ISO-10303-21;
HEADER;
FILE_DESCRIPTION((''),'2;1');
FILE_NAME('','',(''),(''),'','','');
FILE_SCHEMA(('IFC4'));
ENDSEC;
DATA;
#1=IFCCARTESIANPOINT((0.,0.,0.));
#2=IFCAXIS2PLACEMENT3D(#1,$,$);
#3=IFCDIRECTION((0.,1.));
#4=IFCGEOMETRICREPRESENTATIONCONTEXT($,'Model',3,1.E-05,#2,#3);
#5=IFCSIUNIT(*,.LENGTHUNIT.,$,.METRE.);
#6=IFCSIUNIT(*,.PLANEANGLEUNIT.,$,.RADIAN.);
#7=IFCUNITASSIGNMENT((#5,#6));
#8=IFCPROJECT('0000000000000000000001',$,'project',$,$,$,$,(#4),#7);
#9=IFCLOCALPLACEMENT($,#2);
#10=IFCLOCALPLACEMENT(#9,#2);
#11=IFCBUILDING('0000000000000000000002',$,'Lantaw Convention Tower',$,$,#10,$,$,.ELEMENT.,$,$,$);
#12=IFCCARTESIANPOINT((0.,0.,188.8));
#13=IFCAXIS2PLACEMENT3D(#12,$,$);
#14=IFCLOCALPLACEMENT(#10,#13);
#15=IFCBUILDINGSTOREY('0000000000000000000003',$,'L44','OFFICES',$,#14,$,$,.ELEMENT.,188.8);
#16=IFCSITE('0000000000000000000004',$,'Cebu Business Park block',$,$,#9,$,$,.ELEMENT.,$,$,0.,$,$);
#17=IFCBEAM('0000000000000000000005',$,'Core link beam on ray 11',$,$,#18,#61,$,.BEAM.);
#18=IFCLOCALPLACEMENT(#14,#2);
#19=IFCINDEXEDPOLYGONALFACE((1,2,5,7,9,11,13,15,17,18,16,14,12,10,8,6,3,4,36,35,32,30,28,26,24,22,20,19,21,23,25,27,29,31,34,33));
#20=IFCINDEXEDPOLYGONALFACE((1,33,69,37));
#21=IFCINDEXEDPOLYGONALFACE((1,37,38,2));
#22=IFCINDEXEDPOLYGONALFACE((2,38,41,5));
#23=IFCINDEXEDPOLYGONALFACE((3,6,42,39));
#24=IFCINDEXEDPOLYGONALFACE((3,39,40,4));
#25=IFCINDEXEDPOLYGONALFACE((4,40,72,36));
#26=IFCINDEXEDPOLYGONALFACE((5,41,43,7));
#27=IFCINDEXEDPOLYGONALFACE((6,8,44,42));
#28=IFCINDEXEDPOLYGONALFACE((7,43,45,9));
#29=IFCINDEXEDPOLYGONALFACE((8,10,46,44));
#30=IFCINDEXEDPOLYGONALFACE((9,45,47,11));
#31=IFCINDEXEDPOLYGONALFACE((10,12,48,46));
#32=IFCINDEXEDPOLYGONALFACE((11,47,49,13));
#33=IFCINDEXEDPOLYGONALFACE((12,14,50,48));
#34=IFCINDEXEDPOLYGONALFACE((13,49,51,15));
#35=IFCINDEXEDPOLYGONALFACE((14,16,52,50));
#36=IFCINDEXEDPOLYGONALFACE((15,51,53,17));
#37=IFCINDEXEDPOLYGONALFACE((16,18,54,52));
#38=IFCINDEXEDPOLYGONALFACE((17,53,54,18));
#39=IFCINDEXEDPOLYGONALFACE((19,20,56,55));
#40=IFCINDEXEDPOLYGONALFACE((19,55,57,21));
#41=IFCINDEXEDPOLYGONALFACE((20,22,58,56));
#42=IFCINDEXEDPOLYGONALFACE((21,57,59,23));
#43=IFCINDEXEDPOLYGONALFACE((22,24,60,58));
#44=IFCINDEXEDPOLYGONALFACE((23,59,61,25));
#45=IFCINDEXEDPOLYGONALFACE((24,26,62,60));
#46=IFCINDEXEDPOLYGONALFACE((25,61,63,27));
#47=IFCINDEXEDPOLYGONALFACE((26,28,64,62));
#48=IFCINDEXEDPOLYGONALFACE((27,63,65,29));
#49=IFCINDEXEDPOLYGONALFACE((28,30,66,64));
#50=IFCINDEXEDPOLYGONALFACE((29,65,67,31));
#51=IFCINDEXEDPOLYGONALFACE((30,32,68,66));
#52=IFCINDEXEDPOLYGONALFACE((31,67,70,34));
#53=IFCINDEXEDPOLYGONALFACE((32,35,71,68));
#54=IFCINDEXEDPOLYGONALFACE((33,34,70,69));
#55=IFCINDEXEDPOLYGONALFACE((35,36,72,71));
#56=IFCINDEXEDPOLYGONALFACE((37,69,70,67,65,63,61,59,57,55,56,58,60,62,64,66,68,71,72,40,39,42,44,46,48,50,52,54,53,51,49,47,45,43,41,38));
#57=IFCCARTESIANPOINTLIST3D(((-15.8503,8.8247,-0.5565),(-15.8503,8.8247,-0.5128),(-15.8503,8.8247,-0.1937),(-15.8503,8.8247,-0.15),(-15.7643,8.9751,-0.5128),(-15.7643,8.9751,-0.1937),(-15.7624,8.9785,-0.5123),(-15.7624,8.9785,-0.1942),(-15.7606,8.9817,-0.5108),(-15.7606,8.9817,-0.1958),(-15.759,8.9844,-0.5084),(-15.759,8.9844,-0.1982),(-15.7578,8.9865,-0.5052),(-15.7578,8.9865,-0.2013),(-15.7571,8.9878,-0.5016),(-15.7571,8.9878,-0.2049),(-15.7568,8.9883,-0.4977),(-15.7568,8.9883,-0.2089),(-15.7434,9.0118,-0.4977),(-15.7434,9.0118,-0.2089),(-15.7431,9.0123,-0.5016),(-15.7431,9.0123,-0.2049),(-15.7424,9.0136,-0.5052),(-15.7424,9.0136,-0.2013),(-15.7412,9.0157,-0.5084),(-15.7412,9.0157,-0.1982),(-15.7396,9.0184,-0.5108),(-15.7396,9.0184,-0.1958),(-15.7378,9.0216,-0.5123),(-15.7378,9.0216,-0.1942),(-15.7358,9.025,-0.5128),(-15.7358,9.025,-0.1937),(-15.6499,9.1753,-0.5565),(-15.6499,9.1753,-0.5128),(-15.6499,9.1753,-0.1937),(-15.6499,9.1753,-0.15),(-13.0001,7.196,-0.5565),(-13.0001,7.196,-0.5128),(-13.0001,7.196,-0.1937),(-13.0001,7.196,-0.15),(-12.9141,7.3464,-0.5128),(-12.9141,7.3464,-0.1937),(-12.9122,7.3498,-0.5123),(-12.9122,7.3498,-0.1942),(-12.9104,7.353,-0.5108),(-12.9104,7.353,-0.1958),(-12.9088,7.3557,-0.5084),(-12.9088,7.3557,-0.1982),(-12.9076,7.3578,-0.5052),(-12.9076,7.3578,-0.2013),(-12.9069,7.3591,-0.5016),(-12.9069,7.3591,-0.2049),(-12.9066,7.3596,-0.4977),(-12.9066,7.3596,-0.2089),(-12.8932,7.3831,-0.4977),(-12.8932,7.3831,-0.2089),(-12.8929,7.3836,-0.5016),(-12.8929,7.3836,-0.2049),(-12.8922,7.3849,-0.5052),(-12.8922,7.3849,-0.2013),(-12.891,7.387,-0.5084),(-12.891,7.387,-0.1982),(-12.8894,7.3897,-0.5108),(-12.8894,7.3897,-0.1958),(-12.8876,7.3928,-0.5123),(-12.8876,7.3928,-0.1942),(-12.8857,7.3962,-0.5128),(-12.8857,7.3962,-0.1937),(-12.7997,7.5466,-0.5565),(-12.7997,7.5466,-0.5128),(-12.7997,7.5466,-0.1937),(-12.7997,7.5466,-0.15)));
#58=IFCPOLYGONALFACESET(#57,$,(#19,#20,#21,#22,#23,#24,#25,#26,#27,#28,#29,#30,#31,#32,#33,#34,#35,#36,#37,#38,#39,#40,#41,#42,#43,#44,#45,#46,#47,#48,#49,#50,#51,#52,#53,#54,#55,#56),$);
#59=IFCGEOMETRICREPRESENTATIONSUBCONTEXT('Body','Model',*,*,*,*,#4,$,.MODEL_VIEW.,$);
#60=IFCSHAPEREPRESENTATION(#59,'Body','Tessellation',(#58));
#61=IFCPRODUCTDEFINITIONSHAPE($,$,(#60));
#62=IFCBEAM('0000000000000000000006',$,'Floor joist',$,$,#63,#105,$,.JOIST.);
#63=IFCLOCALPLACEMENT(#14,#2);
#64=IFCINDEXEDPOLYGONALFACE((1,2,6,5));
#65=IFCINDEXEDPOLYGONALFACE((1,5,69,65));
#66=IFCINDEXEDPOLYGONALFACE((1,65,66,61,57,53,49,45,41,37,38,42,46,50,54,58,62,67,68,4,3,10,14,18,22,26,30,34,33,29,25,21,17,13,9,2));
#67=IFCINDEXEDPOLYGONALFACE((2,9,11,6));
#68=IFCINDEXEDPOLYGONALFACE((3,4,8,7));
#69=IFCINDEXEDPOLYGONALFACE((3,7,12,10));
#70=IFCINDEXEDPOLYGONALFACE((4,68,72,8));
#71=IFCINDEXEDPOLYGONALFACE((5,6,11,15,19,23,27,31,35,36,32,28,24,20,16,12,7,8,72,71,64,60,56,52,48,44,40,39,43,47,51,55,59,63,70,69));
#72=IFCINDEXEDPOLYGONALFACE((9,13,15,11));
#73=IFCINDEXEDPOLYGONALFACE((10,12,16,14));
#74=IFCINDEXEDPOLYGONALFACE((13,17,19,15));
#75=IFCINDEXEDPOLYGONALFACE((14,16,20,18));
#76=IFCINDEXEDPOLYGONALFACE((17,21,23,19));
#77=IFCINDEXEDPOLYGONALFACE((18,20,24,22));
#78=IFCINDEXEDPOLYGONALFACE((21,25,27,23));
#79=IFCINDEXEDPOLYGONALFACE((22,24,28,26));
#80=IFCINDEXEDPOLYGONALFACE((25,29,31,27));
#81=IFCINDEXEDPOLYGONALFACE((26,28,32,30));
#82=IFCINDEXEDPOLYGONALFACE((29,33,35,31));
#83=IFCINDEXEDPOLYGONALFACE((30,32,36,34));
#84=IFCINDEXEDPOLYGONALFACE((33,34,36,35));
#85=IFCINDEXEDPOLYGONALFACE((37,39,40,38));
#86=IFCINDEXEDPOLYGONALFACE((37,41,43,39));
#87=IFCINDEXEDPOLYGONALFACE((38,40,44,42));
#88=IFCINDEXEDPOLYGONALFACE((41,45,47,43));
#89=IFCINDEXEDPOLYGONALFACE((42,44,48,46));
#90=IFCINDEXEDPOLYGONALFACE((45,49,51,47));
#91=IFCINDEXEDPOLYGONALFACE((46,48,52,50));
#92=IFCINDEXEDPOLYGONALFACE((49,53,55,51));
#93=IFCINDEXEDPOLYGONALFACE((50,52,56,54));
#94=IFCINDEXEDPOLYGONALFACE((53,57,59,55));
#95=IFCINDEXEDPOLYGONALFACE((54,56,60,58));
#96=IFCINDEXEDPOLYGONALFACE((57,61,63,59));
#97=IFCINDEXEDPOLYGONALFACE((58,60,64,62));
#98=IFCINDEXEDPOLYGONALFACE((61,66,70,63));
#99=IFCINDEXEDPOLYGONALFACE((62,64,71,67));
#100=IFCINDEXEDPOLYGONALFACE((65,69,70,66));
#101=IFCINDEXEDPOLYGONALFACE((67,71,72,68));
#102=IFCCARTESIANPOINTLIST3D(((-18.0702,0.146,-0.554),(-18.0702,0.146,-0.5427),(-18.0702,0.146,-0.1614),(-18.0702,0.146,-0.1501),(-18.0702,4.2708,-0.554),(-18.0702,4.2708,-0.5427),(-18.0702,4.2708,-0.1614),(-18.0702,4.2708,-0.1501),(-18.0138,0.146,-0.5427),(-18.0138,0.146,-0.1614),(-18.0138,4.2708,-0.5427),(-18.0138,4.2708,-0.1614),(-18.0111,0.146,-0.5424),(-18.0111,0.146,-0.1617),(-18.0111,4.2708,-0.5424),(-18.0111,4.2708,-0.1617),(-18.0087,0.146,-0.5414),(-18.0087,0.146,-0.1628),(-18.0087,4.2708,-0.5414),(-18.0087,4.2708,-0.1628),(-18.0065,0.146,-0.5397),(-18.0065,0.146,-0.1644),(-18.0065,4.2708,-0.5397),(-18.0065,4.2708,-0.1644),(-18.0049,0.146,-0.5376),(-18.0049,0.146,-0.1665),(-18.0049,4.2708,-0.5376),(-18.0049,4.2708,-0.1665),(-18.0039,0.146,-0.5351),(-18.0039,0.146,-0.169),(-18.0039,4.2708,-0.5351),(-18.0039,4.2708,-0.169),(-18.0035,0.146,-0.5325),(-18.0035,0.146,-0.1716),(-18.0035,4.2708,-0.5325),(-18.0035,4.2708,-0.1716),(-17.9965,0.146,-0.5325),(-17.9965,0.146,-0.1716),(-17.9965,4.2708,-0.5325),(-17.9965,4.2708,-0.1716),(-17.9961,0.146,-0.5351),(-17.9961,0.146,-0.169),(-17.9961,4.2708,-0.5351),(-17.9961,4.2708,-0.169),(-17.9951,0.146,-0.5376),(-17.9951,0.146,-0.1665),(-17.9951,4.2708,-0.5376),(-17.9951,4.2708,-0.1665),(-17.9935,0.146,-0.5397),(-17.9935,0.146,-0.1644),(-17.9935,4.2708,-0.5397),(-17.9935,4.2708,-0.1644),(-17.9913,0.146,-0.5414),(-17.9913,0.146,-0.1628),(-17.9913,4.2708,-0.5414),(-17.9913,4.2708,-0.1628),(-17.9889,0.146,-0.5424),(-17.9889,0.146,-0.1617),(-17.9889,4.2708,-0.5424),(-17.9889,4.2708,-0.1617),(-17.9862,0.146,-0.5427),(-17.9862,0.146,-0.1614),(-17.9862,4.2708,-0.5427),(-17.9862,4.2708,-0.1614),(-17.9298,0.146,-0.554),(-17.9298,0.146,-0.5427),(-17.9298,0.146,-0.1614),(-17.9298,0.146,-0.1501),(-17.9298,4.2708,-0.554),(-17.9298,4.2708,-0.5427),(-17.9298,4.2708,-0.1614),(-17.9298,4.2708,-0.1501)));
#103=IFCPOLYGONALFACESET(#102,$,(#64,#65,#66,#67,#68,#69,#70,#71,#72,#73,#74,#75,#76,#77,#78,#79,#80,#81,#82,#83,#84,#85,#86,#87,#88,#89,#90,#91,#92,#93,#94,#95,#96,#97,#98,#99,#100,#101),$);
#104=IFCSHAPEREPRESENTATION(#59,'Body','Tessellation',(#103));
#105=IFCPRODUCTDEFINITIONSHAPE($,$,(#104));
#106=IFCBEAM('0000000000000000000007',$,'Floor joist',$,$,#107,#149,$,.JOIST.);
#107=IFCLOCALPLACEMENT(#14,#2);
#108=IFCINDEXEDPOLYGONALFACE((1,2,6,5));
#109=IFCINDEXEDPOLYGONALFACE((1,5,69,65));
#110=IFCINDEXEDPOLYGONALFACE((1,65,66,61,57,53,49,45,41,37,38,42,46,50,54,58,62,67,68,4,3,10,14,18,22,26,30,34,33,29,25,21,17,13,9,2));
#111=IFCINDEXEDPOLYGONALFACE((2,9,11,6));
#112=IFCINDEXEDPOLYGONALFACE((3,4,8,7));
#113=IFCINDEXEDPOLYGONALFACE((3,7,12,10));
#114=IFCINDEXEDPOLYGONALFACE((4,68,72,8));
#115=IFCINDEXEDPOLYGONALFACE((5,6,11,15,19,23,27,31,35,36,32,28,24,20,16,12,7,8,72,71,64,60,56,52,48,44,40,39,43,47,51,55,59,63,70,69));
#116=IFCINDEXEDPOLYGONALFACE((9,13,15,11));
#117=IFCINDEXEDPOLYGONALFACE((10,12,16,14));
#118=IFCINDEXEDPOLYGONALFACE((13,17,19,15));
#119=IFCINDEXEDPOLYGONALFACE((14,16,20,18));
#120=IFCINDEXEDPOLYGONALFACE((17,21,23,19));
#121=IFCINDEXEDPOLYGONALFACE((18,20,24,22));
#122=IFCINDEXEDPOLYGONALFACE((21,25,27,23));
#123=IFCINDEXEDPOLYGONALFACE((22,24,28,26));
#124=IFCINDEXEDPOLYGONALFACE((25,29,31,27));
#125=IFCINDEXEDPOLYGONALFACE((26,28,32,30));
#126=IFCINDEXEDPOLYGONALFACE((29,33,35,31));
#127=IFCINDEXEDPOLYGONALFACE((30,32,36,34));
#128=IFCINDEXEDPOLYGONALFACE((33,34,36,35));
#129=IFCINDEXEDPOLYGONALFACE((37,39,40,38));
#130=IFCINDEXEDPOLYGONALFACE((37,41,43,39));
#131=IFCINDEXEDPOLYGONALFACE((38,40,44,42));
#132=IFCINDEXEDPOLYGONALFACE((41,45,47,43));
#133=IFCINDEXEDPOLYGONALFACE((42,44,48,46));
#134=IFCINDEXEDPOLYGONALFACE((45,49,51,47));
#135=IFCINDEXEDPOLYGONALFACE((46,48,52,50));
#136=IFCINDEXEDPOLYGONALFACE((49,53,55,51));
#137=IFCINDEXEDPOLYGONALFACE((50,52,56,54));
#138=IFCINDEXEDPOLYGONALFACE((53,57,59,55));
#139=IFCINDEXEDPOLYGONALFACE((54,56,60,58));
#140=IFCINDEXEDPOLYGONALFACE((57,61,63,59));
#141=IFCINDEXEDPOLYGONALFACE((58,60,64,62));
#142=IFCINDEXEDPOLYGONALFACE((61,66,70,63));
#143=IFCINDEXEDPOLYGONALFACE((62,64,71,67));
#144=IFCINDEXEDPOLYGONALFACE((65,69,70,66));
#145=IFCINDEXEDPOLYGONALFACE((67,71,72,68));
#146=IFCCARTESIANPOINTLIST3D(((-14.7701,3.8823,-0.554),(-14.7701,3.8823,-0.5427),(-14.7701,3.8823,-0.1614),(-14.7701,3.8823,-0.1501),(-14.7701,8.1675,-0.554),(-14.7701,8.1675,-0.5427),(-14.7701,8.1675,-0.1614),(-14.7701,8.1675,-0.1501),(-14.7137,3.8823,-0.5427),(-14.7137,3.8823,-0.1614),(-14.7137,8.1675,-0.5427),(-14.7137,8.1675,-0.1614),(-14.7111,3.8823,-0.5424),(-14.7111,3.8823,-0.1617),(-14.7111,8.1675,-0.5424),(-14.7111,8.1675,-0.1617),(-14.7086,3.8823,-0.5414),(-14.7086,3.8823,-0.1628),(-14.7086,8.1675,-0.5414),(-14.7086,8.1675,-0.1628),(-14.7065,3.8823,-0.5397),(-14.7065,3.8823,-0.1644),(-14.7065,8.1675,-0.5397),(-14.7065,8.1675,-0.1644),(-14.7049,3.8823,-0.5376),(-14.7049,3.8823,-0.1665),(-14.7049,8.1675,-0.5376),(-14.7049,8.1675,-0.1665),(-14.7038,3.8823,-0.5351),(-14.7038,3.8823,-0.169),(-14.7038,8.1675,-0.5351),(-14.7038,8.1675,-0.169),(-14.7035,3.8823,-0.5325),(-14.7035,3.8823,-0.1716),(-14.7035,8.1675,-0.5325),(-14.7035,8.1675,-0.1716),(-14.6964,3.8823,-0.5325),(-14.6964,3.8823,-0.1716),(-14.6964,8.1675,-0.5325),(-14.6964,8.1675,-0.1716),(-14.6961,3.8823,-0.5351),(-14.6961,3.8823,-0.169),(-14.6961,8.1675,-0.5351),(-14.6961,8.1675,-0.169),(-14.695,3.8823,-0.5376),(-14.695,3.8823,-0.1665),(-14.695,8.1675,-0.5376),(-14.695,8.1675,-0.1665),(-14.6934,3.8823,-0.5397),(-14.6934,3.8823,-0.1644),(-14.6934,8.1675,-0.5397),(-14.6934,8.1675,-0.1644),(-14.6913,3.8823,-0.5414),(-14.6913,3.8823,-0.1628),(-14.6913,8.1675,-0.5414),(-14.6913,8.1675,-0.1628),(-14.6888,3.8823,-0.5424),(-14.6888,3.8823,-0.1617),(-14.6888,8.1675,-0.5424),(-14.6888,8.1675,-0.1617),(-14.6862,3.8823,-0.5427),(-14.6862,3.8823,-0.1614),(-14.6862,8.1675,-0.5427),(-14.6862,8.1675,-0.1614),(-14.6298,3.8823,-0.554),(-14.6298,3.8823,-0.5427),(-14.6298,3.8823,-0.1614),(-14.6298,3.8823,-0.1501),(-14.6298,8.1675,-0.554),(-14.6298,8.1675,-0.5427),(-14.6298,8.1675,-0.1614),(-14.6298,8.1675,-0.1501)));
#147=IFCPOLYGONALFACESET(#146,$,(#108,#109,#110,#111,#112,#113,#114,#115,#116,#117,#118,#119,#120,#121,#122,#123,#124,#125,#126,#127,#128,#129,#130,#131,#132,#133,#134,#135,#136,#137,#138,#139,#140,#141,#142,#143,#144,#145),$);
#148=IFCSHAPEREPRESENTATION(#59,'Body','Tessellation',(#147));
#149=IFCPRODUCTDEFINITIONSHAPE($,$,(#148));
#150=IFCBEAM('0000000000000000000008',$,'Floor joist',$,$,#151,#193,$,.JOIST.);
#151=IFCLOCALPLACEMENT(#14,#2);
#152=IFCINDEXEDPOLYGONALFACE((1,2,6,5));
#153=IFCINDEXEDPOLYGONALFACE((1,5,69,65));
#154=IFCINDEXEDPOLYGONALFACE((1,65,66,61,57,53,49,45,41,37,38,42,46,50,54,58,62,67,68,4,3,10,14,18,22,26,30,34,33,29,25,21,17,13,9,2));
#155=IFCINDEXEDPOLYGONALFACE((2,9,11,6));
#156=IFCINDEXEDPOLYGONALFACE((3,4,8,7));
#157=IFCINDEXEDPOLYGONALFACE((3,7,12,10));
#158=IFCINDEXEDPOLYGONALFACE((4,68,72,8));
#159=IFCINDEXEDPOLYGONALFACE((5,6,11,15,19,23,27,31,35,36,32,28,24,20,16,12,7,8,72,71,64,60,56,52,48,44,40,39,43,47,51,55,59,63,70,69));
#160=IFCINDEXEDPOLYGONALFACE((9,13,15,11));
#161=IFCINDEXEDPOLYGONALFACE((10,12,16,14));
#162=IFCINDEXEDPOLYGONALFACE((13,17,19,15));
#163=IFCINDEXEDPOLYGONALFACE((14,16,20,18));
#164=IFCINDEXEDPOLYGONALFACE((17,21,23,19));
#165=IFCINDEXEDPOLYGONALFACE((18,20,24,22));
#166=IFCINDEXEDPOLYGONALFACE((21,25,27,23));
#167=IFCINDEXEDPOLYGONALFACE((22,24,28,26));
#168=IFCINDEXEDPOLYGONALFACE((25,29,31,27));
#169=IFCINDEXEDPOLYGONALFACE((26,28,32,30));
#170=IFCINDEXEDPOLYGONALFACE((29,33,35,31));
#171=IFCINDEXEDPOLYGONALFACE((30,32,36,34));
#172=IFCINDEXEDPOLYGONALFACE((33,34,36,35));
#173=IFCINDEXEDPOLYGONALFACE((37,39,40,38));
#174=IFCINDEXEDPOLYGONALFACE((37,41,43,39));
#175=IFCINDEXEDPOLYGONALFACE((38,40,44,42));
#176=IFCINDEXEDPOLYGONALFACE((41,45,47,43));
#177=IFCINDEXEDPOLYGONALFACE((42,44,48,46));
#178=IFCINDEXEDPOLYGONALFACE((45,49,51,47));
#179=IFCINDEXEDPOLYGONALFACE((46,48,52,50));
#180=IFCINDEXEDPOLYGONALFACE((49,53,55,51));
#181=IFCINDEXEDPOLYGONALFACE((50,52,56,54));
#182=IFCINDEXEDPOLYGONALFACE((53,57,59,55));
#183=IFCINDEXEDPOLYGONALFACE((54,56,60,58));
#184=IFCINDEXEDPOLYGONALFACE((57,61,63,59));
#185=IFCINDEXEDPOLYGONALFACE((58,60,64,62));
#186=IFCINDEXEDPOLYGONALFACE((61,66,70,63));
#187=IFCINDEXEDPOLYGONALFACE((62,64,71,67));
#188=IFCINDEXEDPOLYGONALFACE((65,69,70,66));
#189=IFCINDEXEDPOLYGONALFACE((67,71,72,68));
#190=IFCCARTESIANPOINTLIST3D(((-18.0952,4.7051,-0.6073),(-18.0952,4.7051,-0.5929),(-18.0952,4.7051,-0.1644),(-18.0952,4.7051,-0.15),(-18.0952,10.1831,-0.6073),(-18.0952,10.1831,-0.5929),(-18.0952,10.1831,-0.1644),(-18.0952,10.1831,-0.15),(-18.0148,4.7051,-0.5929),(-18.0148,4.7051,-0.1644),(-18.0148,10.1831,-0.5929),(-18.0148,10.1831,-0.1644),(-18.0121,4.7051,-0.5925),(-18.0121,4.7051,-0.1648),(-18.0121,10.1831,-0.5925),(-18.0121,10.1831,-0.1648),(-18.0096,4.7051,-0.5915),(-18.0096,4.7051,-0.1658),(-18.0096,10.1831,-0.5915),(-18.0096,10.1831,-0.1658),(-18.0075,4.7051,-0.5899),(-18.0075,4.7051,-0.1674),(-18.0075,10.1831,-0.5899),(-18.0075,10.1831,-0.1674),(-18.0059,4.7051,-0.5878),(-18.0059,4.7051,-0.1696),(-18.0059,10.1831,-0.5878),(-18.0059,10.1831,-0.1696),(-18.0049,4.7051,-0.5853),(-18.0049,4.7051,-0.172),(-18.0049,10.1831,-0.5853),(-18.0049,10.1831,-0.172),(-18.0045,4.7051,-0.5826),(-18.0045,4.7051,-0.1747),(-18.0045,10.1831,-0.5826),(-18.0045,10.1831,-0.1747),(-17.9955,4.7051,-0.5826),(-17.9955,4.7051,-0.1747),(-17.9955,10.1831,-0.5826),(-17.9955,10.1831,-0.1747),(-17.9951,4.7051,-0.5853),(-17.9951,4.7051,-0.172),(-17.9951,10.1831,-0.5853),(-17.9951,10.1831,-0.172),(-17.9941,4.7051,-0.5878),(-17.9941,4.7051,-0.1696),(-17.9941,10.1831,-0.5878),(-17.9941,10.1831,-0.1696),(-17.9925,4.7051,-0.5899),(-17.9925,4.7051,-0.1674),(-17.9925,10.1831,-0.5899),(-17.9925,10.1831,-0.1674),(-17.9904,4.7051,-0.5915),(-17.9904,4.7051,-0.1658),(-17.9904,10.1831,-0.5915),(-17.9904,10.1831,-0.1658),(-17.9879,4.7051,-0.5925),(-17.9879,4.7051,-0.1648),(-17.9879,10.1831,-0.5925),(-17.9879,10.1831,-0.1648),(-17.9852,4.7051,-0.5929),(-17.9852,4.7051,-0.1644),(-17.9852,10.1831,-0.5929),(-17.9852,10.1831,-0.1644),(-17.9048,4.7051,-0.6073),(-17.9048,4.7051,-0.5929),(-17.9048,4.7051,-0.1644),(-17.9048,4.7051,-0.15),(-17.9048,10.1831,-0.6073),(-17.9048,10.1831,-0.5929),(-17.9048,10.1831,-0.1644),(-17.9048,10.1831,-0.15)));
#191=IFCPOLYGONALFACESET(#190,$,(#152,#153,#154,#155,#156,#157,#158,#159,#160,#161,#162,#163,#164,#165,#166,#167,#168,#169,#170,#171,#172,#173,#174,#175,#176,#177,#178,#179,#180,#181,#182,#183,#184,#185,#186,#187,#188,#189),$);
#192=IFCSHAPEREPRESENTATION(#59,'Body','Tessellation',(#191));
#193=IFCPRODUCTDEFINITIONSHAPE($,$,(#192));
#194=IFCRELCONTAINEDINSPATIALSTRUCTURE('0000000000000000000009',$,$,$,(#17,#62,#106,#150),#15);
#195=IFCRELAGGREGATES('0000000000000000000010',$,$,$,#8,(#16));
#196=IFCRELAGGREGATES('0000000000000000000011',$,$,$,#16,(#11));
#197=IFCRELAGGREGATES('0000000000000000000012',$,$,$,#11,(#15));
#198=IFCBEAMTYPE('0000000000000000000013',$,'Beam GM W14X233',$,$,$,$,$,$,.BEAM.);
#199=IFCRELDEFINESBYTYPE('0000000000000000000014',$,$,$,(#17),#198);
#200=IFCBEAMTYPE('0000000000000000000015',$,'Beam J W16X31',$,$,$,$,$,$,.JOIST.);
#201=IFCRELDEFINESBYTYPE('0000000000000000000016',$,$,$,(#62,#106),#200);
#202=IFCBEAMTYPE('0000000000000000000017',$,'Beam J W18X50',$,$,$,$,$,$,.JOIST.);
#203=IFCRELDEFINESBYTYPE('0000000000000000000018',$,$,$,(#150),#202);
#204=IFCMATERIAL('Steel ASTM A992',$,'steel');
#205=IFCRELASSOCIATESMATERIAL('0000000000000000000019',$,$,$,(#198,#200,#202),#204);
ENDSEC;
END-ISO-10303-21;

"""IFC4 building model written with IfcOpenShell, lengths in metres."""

from ifc_helpers import new_model, si_unit, direction, frame, origin, origin_2d, place, context, subcontext, project, spatial, i_section, extrude, material, material_profile, profile_set, type_object, element, save


model = new_model("IFC4")

# Units and contexts
model_context = context("Model", 3, precision=1e-05, world=origin(), true_north=direction((0.0, 1.0)))
body_context = subcontext(model_context, "Body", "Model", "MODEL_VIEW")
ifc_project = project(units=[si_unit("LENGTHUNIT", "METRE"), si_unit("PLANEANGLEUNIT", "RADIAN")], contexts=[model_context])

# Site, building, storey
site_placement = place(None, origin())
site = spatial("IfcSite", under=ifc_project, at=site_placement, Name="Cebu Business Park block", CompositionType="ELEMENT", RefElevation=0.0)
building_placement = place(site_placement, origin())
building = spatial("IfcBuilding", under=site, at=building_placement, Name="Lantaw Convention Tower", CompositionType="ELEMENT")
storey_placement = place(building_placement, frame((0.0, 0.0, 188.8)))
storey = spatial("IfcBuildingStorey", under=building, at=storey_placement, Name="L44", Description="OFFICES", CompositionType="ELEMENT", Elevation=188.8)

# Beams
ifc_material_1 = material(Name="Steel ASTM A992", Category="steel")
ifc_material_profile_1 = material_profile(ifc_material_1, i_section(OverallWidth=0.4038, OverallDepth=0.4065, WebThickness=0.0271, FlangeThickness=0.0437, FilletRadius=0.0151, at=origin_2d()), Name="W14X233")
ifc_profile_set_1 = profile_set([ifc_material_profile_1], Name="Steel ASTM A992")
beam_type_1 = type_object("IfcBeamType", Name="Beam GM W14X233", PredefinedType="BEAM", material=ifc_profile_set_1)
beam_1_placement = place(storey_placement, frame((-12.8999, 7.3713, -0.3533), z_axis=(-0.868239, 0.496147, 0.0), x_axis=(-0.496147, -0.868239, 0.0)))
element("IfcBeam", 1, at=beam_1_placement, inside=storey, type_object=beam_type_1, Name="Core link beam on ray 11", PredefinedType="BEAM", context=body_context, shape_type="SweptSolid", body=[
    extrude(i_section(OverallWidth=0.4038, OverallDepth=0.4065, WebThickness=0.0271, FlangeThickness=0.0437, FilletRadius=0.0151, at=origin_2d()), origin(), (0.0, 0.0, 1.0), 3.2827),
])
ifc_material_profile_2 = material_profile(ifc_material_1, i_section(OverallWidth=0.1404, OverallDepth=0.4038, WebThickness=0.0071, FlangeThickness=0.0112, FilletRadius=0.0103, at=origin_2d()), Name="W16X31")
ifc_profile_set_2 = profile_set([ifc_material_profile_2], Name="Steel ASTM A992")
beam_type_2 = type_object("IfcBeamType", Name="Beam J W16X31", PredefinedType="JOIST", material=ifc_profile_set_2)
beam_2_placement = place(storey_placement, frame((-18.0, 0.146, -0.3521), z_axis=(0.0, 1.0, 0.0), x_axis=(-1.0, 0.0, 0.0)))
element("IfcBeam", 2, at=beam_2_placement, inside=storey, type_object=beam_type_2, Name="Floor joist", PredefinedType="JOIST", context=body_context, shape_type="SweptSolid", body=[
    extrude(i_section(OverallWidth=0.1404, OverallDepth=0.4038, WebThickness=0.0071, FlangeThickness=0.0112, FilletRadius=0.0103, at=origin_2d()), origin(), (0.0, 0.0, 1.0), 4.1248),
])
beam_3_placement = place(storey_placement, frame((-14.7, 3.8823, -0.3521), z_axis=(0.0, 1.0, 0.0), x_axis=(-1.0, 0.0, 0.0)))
element("IfcBeam", 3, at=beam_3_placement, inside=storey, type_object=beam_type_2, Name="Floor joist", PredefinedType="JOIST", context=body_context, shape_type="SweptSolid", body=[
    extrude(i_section(OverallWidth=0.1404, OverallDepth=0.4038, WebThickness=0.0071, FlangeThickness=0.0112, FilletRadius=0.0103, at=origin_2d()), origin(), (0.0, 0.0, 1.0), 4.2852),
])
ifc_material_profile_3 = material_profile(ifc_material_1, i_section(OverallWidth=0.1904, OverallDepth=0.4573, WebThickness=0.009, FlangeThickness=0.0144, FilletRadius=0.0103, at=origin_2d()), Name="W18X50")
ifc_profile_set_3 = profile_set([ifc_material_profile_3], Name="Steel ASTM A992")
beam_type_3 = type_object("IfcBeamType", Name="Beam J W18X50", PredefinedType="JOIST", material=ifc_profile_set_3)
beam_4_placement = place(storey_placement, frame((-18.0, 4.7051, -0.3787), z_axis=(0.0, 1.0, 0.0), x_axis=(-1.0, 0.0, 0.0)))
element("IfcBeam", 4, at=beam_4_placement, inside=storey, type_object=beam_type_3, Name="Floor joist", PredefinedType="JOIST", context=body_context, shape_type="SweptSolid", body=[
    extrude(i_section(OverallWidth=0.1904, OverallDepth=0.4573, WebThickness=0.009, FlangeThickness=0.0144, FilletRadius=0.0103, at=origin_2d()), origin(), (0.0, 0.0, 1.0), 5.478),
])

save(model, "model.ifc")
